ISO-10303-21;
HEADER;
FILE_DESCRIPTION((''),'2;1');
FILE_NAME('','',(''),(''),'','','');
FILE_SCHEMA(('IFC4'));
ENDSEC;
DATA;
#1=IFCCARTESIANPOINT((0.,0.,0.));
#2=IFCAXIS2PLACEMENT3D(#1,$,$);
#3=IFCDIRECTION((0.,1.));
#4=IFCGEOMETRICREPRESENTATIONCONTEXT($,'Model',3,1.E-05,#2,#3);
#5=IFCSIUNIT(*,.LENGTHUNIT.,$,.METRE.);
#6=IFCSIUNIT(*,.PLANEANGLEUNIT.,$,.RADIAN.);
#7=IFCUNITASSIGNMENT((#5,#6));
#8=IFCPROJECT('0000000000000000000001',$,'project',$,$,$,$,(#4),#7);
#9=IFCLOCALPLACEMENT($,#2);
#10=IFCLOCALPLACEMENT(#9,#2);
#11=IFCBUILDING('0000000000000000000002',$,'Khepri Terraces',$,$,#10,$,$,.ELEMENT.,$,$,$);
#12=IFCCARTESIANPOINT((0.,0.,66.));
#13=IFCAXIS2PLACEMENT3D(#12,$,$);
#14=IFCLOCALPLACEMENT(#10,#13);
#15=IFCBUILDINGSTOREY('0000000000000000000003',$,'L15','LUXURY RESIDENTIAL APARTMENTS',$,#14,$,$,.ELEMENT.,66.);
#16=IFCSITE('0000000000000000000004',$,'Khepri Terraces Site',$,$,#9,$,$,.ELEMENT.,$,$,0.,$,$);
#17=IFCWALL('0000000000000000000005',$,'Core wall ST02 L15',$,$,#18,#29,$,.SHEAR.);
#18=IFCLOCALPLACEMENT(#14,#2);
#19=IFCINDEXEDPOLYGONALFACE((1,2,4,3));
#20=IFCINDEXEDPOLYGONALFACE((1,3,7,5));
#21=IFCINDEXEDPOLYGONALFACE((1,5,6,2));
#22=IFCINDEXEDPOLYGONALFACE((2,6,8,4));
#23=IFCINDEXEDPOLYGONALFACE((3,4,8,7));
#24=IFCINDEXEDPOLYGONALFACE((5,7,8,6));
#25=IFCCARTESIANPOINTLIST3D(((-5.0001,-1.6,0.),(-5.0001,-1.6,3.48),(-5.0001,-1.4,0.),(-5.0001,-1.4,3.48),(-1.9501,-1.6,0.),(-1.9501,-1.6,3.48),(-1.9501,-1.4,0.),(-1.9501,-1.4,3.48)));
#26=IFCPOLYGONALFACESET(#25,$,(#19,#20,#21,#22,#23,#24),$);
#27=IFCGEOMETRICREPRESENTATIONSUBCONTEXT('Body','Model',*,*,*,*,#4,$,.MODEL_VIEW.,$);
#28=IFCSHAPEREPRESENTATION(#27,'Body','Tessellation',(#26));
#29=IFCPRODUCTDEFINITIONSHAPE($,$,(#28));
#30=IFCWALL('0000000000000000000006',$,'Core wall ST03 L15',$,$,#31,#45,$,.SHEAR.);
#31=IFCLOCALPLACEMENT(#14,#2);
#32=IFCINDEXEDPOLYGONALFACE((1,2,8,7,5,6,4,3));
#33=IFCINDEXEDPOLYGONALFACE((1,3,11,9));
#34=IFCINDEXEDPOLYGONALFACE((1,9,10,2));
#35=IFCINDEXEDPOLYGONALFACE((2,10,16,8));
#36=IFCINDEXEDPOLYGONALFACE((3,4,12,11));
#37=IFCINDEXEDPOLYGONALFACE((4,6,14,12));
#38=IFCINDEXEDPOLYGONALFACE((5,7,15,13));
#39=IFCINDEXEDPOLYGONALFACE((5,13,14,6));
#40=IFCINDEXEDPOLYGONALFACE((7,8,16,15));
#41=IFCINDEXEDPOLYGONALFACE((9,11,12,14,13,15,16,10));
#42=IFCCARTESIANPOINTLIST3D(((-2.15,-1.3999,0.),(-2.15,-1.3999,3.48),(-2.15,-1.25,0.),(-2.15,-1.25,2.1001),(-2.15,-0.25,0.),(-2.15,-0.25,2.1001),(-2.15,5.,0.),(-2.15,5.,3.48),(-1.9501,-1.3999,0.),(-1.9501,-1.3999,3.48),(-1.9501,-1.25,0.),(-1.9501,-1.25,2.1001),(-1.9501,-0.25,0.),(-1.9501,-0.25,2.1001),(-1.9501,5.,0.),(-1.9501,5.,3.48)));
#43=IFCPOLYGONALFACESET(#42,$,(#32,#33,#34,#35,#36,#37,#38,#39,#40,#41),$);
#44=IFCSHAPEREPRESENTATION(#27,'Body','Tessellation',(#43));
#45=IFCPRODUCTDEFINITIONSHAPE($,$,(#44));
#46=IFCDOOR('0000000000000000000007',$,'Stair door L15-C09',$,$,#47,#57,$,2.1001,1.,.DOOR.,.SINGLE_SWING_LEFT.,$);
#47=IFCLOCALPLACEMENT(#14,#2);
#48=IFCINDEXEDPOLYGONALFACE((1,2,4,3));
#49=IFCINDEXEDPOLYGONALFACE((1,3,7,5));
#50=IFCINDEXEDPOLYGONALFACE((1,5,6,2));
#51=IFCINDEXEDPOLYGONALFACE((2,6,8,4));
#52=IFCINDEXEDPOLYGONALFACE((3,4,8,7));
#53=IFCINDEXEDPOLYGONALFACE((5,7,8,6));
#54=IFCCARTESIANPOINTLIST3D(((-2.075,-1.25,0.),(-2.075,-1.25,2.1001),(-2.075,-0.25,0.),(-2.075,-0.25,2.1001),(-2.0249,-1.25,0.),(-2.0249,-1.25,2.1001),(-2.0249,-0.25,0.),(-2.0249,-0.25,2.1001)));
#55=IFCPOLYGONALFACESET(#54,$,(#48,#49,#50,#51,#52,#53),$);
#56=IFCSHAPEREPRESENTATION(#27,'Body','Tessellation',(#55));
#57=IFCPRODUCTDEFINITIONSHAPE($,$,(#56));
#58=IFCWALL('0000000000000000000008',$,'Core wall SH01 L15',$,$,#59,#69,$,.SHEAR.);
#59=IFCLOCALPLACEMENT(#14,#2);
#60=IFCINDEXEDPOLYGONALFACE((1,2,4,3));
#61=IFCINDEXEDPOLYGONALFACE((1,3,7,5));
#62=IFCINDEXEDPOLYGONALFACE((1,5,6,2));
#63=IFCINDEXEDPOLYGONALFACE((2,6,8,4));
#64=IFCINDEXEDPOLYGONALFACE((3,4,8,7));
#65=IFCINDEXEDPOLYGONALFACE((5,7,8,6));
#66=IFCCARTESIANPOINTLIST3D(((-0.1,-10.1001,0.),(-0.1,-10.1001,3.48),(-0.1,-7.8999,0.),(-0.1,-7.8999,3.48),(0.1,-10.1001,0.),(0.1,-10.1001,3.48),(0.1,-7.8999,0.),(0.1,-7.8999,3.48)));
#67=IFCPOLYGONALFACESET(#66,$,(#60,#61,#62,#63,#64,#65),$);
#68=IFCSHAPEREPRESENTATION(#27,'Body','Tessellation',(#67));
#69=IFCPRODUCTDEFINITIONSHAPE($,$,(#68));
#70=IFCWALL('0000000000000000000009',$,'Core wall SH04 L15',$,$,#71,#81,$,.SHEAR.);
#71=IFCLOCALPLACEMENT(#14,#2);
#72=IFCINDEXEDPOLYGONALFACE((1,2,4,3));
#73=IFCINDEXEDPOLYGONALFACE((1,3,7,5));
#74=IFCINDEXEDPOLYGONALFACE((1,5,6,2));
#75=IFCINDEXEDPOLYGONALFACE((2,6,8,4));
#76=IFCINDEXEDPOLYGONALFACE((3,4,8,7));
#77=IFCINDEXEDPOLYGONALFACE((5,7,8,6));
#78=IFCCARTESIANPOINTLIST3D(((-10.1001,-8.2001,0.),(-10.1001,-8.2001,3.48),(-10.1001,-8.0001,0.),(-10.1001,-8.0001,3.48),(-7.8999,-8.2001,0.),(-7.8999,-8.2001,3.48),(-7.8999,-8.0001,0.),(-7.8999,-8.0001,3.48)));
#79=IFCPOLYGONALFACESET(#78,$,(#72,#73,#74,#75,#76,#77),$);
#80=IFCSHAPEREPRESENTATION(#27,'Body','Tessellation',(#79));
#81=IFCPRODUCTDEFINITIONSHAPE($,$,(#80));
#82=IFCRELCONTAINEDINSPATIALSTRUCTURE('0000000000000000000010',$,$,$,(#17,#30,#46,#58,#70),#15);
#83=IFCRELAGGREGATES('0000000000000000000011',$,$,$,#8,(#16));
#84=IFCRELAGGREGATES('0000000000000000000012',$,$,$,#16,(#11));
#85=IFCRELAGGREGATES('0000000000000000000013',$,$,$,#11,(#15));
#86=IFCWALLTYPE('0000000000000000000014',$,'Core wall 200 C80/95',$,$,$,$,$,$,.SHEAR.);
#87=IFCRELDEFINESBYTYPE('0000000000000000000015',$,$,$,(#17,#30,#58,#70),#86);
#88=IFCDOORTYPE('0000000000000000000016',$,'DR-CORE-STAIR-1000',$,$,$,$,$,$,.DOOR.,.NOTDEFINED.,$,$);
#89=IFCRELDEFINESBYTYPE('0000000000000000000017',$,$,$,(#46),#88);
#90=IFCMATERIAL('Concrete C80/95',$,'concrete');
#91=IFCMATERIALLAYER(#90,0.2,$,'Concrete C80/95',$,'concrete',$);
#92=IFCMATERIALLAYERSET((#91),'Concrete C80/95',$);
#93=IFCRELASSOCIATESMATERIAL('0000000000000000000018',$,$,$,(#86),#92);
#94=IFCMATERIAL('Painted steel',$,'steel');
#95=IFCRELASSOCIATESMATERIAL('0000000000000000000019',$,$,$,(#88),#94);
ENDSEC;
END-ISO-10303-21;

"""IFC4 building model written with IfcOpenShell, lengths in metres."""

from ifc_helpers import new_model, si_unit, direction, frame, frame_2d, origin, place, context, subcontext, project, spatial, rectangle, extrude, material, layer, layer_set, type_object, element, fill, save


model = new_model("IFC4")

# Units and contexts
model_context = context("Model", 3, precision=1e-05, world=origin(), true_north=direction((0.0, 1.0)))
body_context = subcontext(model_context, "Body", "Model", "MODEL_VIEW")
ifc_project = project(units=[si_unit("LENGTHUNIT", "METRE"), si_unit("PLANEANGLEUNIT", "RADIAN")], contexts=[model_context])

# Site, building, storey
site_placement = place(None, origin())
site = spatial("IfcSite", under=ifc_project, at=site_placement, Name="Khepri Terraces Site", CompositionType="ELEMENT", RefElevation=0.0)
building_placement = place(site_placement, origin())
building = spatial("IfcBuilding", under=site, at=building_placement, Name="Khepri Terraces", CompositionType="ELEMENT")
storey_placement = place(building_placement, frame((0.0, 0.0, 66.0)))
storey = spatial("IfcBuildingStorey", under=building, at=storey_placement, Name="L15", Description="LUXURY RESIDENTIAL APARTMENTS", CompositionType="ELEMENT", Elevation=66.0)

# Wall
ifc_material_1 = material(Name="Concrete C80/95", Category="concrete")
ifc_layer_1 = layer(ifc_material_1, 0.2, Name="Concrete C80/95", Category="concrete")
ifc_layer_set_1 = layer_set([ifc_layer_1], Name="Concrete C80/95")
wall_type_1 = type_object("IfcWallType", Name="Core wall 200 C80/95", PredefinedType="SHEAR", material=ifc_layer_set_1)
wall_1_placement = place(storey_placement, frame((-5.0, -1.5, 0.0), z_axis=(0.0, 0.0, 1.0), x_axis=(1.0, 0.0, 0.0)))
element("IfcWall", 1, at=wall_1_placement, inside=storey, type_object=wall_type_1, Name="Core wall ST02 L15", PredefinedType="SHEAR", context=body_context, shape_type="SweptSolid", body=[
    extrude(rectangle(XDim=3.05, YDim=0.2, at=frame_2d((1.5249, 0.0))), origin(), (0.0, 0.0, 1.0), 3.48),
])

# Wall, opening, door
wall_2_placement = place(storey_placement, frame((-2.05, -1.3999, 0.0), z_axis=(0.0, 0.0, 1.0), x_axis=(0.0, 1.0, 0.0)))
wall_2 = element("IfcWall", 2, at=wall_2_placement, inside=storey, type_object=wall_type_1, Name="Core wall ST03 L15", PredefinedType="SHEAR", context=body_context, shape_type="SweptSolid", body=[
    extrude(rectangle(XDim=6.3999, YDim=0.2, at=frame_2d((3.2, 0.0))), origin(), (0.0, 0.0, 1.0), 3.48),
])
opening_1_placement = place(wall_2_placement, frame((0.1499, 0.0, 0.0)))
opening_1 = element("IfcOpeningElement", 3, at=opening_1_placement, cuts=wall_2, PredefinedType="OPENING", context=body_context, shape_type="SweptSolid", body=[
    extrude(rectangle(XDim=1.0, YDim=2.1001, at=frame_2d((0.5, 1.05))), frame((0.0, 0.1099, 0.0), z_axis=(0.0, -1.0, 0.0), x_axis=(1.0, 0.0, 0.0)), (0.0, 0.0, 1.0), 0.22),
])
ifc_material_2 = material(Name="Painted steel", Category="steel")
door_type_1 = type_object("IfcDoorType", Name="DR-CORE-STAIR-1000", OperationType="NOTDEFINED", PredefinedType="DOOR", material=ifc_material_2)
door_1_placement = place(opening_1_placement, origin())
door_1 = element("IfcDoor", 4, at=door_1_placement, inside=storey, type_object=door_type_1, Name="Stair door L15-C09", OperationType="SINGLE_SWING_LEFT", OverallHeight=2.1001, OverallWidth=1.0, PredefinedType="DOOR", context=body_context, shape_type="SweptSolid", body=[
    extrude(rectangle(XDim=1.0, YDim=2.1001, at=frame_2d((0.5, 1.05))), frame((0.0, 0.0249, 0.0), z_axis=(0.0, -1.0, 0.0), x_axis=(1.0, 0.0, 0.0)), (0.0, 0.0, 1.0), 0.05),
])
fill(opening_1, door_1)

# Walls
for number, where, z_axis, x_axis, name in (
    (5, (0.0, -10.1001, 0.0), (0.0, 0.0, 1.0), (0.0, 1.0, 0.0), "Core wall SH01 L15"),
    (6, (-10.1001, -8.1001, 0.0), (0.0, 0.0, 1.0), (1.0, 0.0, 0.0), "Core wall SH04 L15"),
):
    element("IfcWall", number, at=place(storey_placement, frame(where, z_axis=z_axis, x_axis=x_axis)), inside=storey, type_object=wall_type_1, Name=name, PredefinedType="SHEAR", context=body_context, shape_type="SweptSolid", body=[
        extrude(rectangle(XDim=2.2002, YDim=0.2, at=frame_2d((1.1001, 0.0))), origin(), (0.0, 0.0, 1.0), 3.48),
    ])

save(model, "model.ifc")
